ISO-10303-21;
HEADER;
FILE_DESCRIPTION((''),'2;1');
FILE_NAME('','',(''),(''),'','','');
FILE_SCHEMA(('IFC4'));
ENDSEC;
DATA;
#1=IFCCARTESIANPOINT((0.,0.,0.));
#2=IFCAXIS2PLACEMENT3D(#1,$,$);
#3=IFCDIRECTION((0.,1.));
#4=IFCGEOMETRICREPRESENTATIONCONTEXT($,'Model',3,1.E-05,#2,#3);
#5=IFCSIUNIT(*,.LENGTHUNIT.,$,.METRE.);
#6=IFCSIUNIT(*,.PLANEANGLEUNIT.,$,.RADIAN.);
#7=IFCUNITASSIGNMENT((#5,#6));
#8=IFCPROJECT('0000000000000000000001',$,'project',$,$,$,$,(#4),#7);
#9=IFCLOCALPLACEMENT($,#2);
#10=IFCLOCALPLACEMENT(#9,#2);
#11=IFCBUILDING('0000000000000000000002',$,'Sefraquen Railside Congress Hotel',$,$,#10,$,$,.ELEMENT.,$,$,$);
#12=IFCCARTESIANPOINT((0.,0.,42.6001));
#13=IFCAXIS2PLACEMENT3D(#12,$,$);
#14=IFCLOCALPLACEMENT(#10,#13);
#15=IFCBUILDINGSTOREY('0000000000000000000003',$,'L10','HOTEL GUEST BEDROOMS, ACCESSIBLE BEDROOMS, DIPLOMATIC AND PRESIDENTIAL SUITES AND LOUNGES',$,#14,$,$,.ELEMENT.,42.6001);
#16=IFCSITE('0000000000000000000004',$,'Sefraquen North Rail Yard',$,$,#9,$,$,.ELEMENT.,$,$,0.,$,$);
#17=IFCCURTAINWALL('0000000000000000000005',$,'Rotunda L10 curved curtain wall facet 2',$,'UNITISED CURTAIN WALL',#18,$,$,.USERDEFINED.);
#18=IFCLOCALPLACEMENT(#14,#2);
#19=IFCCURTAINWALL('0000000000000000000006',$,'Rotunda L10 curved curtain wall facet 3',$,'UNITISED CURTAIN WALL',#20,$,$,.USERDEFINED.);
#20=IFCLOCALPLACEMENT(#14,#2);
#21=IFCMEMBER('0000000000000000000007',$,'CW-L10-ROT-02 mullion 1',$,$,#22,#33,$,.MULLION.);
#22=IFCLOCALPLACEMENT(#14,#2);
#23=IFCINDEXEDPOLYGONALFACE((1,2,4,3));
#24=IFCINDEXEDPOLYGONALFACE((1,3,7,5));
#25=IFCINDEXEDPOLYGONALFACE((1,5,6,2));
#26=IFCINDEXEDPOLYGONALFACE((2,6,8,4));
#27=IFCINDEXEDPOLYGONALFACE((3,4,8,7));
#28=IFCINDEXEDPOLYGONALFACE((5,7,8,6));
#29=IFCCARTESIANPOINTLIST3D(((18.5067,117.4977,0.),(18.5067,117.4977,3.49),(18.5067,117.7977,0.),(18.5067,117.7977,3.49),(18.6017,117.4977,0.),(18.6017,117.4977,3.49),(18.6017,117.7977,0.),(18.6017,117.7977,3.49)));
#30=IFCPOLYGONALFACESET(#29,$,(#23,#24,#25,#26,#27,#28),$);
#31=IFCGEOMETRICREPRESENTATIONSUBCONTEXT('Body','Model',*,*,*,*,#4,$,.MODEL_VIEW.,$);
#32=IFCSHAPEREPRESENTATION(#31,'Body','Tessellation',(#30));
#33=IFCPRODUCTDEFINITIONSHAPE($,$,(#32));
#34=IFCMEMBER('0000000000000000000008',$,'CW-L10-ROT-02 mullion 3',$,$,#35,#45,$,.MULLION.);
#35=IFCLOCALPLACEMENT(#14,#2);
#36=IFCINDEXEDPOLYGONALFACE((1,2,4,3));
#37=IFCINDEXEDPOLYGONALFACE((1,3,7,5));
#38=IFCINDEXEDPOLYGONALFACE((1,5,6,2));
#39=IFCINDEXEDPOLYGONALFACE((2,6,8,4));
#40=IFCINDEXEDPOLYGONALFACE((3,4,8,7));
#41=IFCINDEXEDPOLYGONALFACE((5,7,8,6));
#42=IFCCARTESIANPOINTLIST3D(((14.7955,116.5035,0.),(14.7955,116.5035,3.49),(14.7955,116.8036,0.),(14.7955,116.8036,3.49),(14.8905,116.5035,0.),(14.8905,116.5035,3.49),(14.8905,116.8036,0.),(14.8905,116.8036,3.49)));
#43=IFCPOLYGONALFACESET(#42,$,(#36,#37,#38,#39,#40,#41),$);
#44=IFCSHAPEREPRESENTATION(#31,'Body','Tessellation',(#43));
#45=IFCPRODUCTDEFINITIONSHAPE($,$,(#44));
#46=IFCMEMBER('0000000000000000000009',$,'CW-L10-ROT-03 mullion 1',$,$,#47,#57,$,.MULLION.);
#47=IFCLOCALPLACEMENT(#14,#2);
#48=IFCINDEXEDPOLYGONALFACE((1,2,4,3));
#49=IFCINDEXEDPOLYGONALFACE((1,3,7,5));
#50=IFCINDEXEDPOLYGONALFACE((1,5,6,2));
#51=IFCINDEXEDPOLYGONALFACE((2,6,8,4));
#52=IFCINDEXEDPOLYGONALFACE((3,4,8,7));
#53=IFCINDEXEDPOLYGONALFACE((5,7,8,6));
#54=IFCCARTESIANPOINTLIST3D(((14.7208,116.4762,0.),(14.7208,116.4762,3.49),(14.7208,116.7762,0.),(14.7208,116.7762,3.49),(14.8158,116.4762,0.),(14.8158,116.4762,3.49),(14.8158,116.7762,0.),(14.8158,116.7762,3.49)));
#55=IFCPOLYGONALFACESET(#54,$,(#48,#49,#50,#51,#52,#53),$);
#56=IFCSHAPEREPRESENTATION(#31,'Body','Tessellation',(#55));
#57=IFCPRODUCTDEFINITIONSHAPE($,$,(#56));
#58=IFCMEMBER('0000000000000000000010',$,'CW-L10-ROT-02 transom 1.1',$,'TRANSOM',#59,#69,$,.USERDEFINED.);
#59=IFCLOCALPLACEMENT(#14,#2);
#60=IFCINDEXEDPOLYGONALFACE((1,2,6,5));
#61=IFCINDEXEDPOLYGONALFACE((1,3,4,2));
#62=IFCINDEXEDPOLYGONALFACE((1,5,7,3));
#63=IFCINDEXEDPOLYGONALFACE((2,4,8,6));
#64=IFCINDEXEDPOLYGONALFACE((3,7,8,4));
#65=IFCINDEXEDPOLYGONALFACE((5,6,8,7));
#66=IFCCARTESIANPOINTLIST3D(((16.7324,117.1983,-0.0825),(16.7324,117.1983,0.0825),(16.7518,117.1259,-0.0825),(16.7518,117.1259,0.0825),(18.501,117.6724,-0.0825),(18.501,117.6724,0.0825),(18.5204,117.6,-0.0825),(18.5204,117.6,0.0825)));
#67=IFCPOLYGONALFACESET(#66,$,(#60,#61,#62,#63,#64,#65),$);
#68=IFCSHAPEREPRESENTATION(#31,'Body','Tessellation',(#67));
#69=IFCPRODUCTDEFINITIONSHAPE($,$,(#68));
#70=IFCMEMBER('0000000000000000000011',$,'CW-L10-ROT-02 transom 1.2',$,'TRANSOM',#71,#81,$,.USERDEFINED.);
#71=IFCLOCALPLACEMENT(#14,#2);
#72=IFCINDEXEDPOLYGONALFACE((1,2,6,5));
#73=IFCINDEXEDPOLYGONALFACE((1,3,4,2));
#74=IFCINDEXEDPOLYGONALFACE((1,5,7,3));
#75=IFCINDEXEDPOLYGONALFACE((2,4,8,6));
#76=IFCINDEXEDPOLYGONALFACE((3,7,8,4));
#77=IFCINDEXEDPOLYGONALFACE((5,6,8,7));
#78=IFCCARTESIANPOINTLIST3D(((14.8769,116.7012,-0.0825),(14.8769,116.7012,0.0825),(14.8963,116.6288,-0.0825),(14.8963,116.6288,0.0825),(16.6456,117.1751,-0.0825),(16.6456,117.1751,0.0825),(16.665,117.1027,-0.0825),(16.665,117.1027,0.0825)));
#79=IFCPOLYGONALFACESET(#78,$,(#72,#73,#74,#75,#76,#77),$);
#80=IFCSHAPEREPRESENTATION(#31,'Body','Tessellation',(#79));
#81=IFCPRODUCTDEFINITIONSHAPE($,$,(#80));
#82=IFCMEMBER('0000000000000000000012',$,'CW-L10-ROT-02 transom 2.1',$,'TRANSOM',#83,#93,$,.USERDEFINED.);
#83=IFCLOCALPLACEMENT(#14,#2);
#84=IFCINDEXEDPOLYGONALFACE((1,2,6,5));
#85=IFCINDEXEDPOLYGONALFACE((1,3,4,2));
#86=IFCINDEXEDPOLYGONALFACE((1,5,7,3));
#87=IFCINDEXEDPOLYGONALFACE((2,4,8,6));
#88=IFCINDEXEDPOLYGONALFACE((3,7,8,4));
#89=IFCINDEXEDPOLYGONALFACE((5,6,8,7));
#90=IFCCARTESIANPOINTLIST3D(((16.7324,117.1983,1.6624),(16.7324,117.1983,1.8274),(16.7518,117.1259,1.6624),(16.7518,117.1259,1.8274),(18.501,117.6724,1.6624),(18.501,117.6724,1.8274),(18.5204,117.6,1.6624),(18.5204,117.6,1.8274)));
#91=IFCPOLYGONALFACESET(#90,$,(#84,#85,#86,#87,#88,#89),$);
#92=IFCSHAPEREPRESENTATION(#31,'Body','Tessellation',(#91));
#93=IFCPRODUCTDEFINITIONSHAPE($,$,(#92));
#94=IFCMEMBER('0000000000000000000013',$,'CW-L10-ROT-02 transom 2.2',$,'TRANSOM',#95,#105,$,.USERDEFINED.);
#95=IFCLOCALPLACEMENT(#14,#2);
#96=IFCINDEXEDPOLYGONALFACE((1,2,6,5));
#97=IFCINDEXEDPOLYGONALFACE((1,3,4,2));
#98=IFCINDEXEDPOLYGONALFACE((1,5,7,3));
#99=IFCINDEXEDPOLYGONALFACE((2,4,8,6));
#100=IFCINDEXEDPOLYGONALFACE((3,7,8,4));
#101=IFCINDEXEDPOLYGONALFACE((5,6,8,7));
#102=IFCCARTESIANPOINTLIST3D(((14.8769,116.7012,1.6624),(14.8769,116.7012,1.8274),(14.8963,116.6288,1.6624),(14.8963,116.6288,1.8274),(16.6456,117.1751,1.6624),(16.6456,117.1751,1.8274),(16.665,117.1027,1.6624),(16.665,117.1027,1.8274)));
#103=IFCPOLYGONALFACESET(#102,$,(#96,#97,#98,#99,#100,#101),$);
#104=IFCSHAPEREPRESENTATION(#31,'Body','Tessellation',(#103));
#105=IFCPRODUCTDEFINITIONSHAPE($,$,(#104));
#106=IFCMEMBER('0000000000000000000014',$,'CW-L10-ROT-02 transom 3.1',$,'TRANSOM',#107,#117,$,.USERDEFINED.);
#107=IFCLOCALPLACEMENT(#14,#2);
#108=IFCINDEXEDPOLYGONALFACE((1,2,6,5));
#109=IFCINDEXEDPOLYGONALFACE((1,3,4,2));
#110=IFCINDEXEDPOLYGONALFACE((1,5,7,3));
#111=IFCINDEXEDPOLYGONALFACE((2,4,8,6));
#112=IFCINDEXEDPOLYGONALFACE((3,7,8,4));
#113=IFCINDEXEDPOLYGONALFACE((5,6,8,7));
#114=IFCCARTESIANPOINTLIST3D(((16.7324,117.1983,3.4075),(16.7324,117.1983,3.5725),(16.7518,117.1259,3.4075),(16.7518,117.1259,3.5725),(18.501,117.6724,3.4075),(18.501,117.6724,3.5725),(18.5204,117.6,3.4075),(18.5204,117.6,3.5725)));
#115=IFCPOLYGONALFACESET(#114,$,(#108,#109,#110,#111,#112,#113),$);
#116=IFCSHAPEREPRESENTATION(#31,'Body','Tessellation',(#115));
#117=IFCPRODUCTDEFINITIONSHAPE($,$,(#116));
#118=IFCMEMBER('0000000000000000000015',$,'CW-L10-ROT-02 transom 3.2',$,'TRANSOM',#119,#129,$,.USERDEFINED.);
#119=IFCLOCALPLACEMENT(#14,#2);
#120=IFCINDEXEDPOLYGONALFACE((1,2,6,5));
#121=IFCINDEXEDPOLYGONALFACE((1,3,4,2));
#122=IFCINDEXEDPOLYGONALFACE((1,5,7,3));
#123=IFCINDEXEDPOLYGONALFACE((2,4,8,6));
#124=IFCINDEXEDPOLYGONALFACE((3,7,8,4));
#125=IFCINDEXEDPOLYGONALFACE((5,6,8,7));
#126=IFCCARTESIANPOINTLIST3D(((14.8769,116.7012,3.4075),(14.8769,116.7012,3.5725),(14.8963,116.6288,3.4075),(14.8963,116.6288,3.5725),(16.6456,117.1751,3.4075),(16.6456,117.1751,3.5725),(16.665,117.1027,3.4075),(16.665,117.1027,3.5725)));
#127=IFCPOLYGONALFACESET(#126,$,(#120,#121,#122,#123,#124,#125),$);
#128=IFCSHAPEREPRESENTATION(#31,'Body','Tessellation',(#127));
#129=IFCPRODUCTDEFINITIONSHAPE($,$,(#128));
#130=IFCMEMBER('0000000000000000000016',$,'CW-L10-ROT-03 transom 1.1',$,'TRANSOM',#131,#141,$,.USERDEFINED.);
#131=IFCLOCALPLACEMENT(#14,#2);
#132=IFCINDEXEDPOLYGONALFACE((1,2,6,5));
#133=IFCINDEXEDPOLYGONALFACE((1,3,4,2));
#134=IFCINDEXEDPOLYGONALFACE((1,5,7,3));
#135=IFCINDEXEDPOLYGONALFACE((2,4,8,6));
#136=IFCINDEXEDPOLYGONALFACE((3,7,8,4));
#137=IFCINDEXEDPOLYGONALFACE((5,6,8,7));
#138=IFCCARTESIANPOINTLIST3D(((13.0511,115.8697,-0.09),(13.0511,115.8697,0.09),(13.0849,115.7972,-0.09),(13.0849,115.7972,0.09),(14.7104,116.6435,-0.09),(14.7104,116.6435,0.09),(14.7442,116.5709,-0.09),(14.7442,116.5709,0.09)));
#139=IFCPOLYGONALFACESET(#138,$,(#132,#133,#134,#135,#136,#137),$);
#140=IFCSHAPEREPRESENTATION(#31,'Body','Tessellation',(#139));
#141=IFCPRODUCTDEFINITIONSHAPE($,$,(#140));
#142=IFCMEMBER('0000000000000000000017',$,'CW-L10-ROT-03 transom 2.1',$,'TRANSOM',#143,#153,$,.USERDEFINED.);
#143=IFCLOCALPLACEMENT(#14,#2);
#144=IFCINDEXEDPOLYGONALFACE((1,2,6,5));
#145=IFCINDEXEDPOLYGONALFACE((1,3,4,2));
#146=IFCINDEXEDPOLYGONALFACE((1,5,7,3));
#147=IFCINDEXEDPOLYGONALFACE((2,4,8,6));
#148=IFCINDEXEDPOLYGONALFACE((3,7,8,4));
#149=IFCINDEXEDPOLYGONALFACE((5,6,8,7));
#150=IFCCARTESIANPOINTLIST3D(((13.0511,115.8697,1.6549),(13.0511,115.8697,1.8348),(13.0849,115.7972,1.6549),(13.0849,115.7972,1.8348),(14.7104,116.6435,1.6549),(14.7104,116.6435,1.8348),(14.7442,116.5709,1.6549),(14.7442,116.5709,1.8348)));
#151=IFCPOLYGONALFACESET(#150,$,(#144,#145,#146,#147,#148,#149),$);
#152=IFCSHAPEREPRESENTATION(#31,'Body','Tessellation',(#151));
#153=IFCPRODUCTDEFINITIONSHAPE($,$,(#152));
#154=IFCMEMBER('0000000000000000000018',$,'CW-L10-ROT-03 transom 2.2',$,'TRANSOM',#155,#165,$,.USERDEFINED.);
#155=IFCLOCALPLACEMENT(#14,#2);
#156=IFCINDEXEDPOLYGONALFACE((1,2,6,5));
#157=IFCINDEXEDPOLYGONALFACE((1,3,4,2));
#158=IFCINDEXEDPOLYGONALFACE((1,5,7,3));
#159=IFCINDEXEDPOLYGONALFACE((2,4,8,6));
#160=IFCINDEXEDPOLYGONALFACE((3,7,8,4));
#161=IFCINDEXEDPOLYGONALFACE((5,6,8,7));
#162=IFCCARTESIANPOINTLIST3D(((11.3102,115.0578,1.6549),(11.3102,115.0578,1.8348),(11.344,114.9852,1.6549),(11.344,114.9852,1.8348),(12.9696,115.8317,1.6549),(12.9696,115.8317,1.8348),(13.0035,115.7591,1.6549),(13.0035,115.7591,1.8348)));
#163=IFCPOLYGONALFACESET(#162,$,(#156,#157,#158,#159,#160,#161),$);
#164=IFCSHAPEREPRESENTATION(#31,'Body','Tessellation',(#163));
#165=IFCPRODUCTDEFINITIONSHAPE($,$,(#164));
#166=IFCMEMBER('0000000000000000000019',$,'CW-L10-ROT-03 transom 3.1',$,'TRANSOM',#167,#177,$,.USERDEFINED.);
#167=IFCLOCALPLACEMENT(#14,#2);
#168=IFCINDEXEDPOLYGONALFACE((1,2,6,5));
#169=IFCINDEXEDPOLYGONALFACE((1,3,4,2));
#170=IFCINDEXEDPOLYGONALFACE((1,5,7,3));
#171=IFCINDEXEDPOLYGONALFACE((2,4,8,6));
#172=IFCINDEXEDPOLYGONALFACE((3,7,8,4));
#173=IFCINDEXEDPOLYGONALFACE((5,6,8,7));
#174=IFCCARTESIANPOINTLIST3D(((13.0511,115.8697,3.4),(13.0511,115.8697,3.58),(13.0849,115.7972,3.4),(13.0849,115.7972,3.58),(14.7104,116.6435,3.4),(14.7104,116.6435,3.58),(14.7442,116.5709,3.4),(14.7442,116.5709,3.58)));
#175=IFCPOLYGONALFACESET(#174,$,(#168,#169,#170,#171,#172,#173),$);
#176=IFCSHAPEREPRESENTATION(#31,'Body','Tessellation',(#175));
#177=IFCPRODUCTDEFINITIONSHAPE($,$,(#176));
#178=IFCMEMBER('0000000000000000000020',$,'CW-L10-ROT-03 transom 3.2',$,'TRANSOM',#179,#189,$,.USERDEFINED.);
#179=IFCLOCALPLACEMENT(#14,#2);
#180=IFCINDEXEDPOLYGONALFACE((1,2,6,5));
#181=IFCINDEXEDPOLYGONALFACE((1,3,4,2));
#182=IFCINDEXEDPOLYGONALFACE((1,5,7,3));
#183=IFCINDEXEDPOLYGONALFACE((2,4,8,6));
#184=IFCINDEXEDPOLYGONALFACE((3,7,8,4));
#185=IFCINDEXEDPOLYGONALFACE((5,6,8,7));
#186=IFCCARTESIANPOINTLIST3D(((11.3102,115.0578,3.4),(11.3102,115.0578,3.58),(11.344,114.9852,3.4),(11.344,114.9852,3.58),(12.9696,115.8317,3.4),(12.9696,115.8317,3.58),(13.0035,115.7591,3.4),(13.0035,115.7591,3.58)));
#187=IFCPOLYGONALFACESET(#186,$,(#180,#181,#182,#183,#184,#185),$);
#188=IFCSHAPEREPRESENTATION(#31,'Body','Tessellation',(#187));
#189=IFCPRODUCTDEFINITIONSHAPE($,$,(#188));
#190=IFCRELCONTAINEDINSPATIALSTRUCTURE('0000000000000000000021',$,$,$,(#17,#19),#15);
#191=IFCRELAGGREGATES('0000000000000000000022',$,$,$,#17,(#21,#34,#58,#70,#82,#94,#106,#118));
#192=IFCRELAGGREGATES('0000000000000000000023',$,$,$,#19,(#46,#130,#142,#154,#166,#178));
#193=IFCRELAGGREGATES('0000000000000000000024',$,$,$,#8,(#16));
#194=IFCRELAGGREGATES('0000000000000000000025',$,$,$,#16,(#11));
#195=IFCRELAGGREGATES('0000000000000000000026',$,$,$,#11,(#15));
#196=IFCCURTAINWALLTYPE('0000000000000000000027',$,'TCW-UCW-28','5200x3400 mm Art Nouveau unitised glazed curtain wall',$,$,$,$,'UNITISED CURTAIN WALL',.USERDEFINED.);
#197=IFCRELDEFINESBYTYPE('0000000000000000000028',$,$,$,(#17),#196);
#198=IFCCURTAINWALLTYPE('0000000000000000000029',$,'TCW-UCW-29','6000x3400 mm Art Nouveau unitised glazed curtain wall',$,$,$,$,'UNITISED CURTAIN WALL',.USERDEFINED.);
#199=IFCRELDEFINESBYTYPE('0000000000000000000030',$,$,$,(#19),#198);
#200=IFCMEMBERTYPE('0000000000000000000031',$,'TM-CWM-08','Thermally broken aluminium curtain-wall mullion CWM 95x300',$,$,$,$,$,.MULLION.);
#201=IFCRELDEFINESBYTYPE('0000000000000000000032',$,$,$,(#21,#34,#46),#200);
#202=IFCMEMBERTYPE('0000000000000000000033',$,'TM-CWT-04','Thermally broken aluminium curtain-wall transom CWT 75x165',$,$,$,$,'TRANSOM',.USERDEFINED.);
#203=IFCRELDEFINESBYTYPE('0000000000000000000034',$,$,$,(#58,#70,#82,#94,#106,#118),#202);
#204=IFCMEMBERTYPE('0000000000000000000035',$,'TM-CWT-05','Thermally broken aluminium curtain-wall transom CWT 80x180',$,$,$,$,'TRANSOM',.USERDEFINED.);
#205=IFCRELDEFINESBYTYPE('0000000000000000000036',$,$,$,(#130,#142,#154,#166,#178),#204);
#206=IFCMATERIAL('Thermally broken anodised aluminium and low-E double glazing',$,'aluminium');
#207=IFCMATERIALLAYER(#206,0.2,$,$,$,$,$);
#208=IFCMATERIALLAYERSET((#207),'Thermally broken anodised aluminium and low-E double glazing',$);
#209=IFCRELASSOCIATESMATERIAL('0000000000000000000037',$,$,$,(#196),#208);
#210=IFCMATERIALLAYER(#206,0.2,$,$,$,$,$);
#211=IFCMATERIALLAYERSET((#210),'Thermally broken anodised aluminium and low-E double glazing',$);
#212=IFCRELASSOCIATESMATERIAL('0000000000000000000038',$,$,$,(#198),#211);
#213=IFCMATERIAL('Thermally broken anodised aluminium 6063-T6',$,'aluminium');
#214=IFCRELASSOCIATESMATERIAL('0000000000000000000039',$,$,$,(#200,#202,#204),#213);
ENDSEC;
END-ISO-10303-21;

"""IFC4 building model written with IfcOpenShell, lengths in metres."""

from ifc_helpers import new_model, si_unit, direction, frame, origin, origin_2d, place, context, subcontext, project, spatial, rectangle, extrude, material, layer, layer_set, material_profile, profile_set, type_object, element, aggregate, save


model = new_model("IFC4")

# Units and contexts
model_context = context("Model", 3, precision=1e-05, world=origin(), true_north=direction((0.0, 1.0)))
body_context = subcontext(model_context, "Body", "Model", "MODEL_VIEW")
ifc_project = project(units=[si_unit("LENGTHUNIT", "METRE"), si_unit("PLANEANGLEUNIT", "RADIAN")], contexts=[model_context])

# Site, building, storey
site_placement = place(None, origin())
site = spatial("IfcSite", under=ifc_project, at=site_placement, Name="Sefraquen North Rail Yard", CompositionType="ELEMENT", RefElevation=0.0)
building_placement = place(site_placement, origin())
building = spatial("IfcBuilding", under=site, at=building_placement, Name="Sefraquen Railside Congress Hotel", CompositionType="ELEMENT")
storey_placement = place(building_placement, frame((0.0, 0.0, 42.6001)))
storey = spatial("IfcBuildingStorey", under=building, at=storey_placement, Name="L10", Description="HOTEL GUEST BEDROOMS, ACCESSIBLE BEDROOMS, DIPLOMATIC AND PRESIDENTIAL SUITES AND LOUNGES", CompositionType="ELEMENT", Elevation=42.6001)

# Curtain walls
ifc_material_1 = material(Name="Thermally broken anodised aluminium and low-E double glazing", Category="aluminium")
ifc_layer_1 = layer(ifc_material_1, 0.2)
ifc_layer_set_1 = layer_set([ifc_layer_1], Name="Thermally broken anodised aluminium and low-E double glazing")
curtain_wall_type_1 = type_object("IfcCurtainWallType", Name="TCW-UCW-28", Description="5200x3400 mm Art Nouveau unitised glazed curtain wall", ElementType="UNITISED CURTAIN WALL", PredefinedType="USERDEFINED", material=ifc_layer_set_1)
curtain_wall_1_placement = place(storey_placement, origin())
curtain_wall_1 = element("IfcCurtainWall", 1, at=curtain_wall_1_placement, inside=storey, type_object=curtain_wall_type_1, Name="Rotunda L10 curved curtain wall facet 2", ObjectType="UNITISED CURTAIN WALL", PredefinedType="USERDEFINED")
ifc_material_2 = material(Name="Thermally broken anodised aluminium 6063-T6", Category="aluminium")
ifc_layer_2 = layer(ifc_material_1, 0.2)
ifc_layer_set_2 = layer_set([ifc_layer_2], Name="Thermally broken anodised aluminium and low-E double glazing")
curtain_wall_type_2 = type_object("IfcCurtainWallType", Name="TCW-UCW-29", Description="6000x3400 mm Art Nouveau unitised glazed curtain wall", ElementType="UNITISED CURTAIN WALL", PredefinedType="USERDEFINED", material=ifc_layer_set_2)
curtain_wall_2_placement = place(storey_placement, origin())
curtain_wall_2 = element("IfcCurtainWall", 2, at=curtain_wall_2_placement, inside=storey, type_object=curtain_wall_type_2, Name="Rotunda L10 curved curtain wall facet 3", ObjectType="UNITISED CURTAIN WALL", PredefinedType="USERDEFINED")
ifc_material_profile_1 = material_profile(ifc_material_2, rectangle(XDim=0.095, YDim=0.3, at=origin_2d()), Name="CWM 95x300")
ifc_profile_set_1 = profile_set([ifc_material_profile_1], Name="Thermally broken anodised aluminium 6063-T6")
member_type_1 = type_object("IfcMemberType", Name="TM-CWM-08", Description="Thermally broken aluminium curtain-wall mullion CWM 95x300", PredefinedType="MULLION", material=ifc_profile_set_1)

# Members
member_1_placement = place(storey_placement, frame((18.5542, 117.6477, 0.0), z_axis=(0.0, 0.0, 1.0), x_axis=(1.0, 0.0, 0.0)))
member_1 = element("IfcMember", 3, at=member_1_placement, type_object=member_type_1, Name="CW-L10-ROT-02 mullion 1", PredefinedType="MULLION", context=body_context, shape_type="SweptSolid", body=[
    extrude(rectangle(XDim=0.095, YDim=0.3, at=origin_2d()), origin(), (0.0, 0.0, 1.0), 3.49),
])
member_2_placement = place(storey_placement, frame((14.843, 116.6536, 0.0), z_axis=(0.0, 0.0, 1.0), x_axis=(1.0, 0.0, 0.0)))
member_2 = element("IfcMember", 4, at=member_2_placement, type_object=member_type_1, Name="CW-L10-ROT-02 mullion 3", PredefinedType="MULLION", context=body_context, shape_type="SweptSolid", body=[
    extrude(rectangle(XDim=0.095, YDim=0.3, at=origin_2d()), origin(), (0.0, 0.0, 1.0), 3.49),
])
member_3_placement = place(storey_placement, frame((14.7683, 116.6262, 0.0), z_axis=(0.0, 0.0, 1.0), x_axis=(1.0, 0.0, 0.0)))
member_3 = element("IfcMember", 5, at=member_3_placement, type_object=member_type_1, Name="CW-L10-ROT-03 mullion 1", PredefinedType="MULLION", context=body_context, shape_type="SweptSolid", body=[
    extrude(rectangle(XDim=0.095, YDim=0.3, at=origin_2d()), origin(), (0.0, 0.0, 1.0), 3.49),
])
ifc_material_profile_2 = material_profile(ifc_material_2, rectangle(XDim=0.075, YDim=0.165, at=origin_2d()), Name="CWT 75x165")
ifc_profile_set_2 = profile_set([ifc_material_profile_2], Name="Thermally broken anodised aluminium 6063-T6")
member_type_2 = type_object("IfcMemberType", Name="TM-CWT-04", Description="Thermally broken aluminium curtain-wall transom CWT 75x165", ElementType="TRANSOM", PredefinedType="USERDEFINED", material=ifc_profile_set_2)
member_4_placement = place(storey_placement, frame((18.5107, 117.6362, 0.0), z_axis=(-0.965893, -0.25894, 0.0), x_axis=(0.25894, -0.965893, 0.0)))
member_4 = element("IfcMember", 6, at=member_4_placement, type_object=member_type_2, Name="CW-L10-ROT-02 transom 1.1", ObjectType="TRANSOM", PredefinedType="USERDEFINED", context=body_context, shape_type="SweptSolid", body=[
    extrude(rectangle(XDim=0.075, YDim=0.165, at=origin_2d()), origin(), (0.0, 0.0, 1.0), 1.8311),
])
member_5_placement = place(storey_placement, frame((16.6553, 117.1389, 0.0), z_axis=(-0.965927, -0.258816, 0.0), x_axis=(0.258816, -0.965927, 0.0)))
member_5 = element("IfcMember", 7, at=member_5_placement, type_object=member_type_2, Name="CW-L10-ROT-02 transom 1.2", ObjectType="TRANSOM", PredefinedType="USERDEFINED", context=body_context, shape_type="SweptSolid", body=[
    extrude(rectangle(XDim=0.075, YDim=0.165, at=origin_2d()), origin(), (0.0, 0.0, 1.0), 1.8311),
])
member_6_placement = place(storey_placement, frame((18.5107, 117.6362, 1.7449), z_axis=(-0.965893, -0.25894, 0.0), x_axis=(0.25894, -0.965893, 0.0)))
member_6 = element("IfcMember", 8, at=member_6_placement, type_object=member_type_2, Name="CW-L10-ROT-02 transom 2.1", ObjectType="TRANSOM", PredefinedType="USERDEFINED", context=body_context, shape_type="SweptSolid", body=[
    extrude(rectangle(XDim=0.075, YDim=0.165, at=origin_2d()), origin(), (0.0, 0.0, 1.0), 1.8311),
])
member_7_placement = place(storey_placement, frame((16.6553, 117.1389, 1.7449), z_axis=(-0.965927, -0.258816, 0.0), x_axis=(0.258816, -0.965927, 0.0)))
member_7 = element("IfcMember", 9, at=member_7_placement, type_object=member_type_2, Name="CW-L10-ROT-02 transom 2.2", ObjectType="TRANSOM", PredefinedType="USERDEFINED", context=body_context, shape_type="SweptSolid", body=[
    extrude(rectangle(XDim=0.075, YDim=0.165, at=origin_2d()), origin(), (0.0, 0.0, 1.0), 1.8311),
])
member_8_placement = place(storey_placement, frame((18.5107, 117.6362, 3.49), z_axis=(-0.965893, -0.25894, 0.0), x_axis=(0.25894, -0.965893, 0.0)))
member_8 = element("IfcMember", 10, at=member_8_placement, type_object=member_type_2, Name="CW-L10-ROT-02 transom 3.1", ObjectType="TRANSOM", PredefinedType="USERDEFINED", context=body_context, shape_type="SweptSolid", body=[
    extrude(rectangle(XDim=0.075, YDim=0.165, at=origin_2d()), origin(), (0.0, 0.0, 1.0), 1.8311),
])
member_9_placement = place(storey_placement, frame((16.6553, 117.1389, 3.49), z_axis=(-0.965927, -0.258816, 0.0), x_axis=(0.258816, -0.965927, 0.0)))
member_9 = element("IfcMember", 11, at=member_9_placement, type_object=member_type_2, Name="CW-L10-ROT-02 transom 3.2", ObjectType="TRANSOM", PredefinedType="USERDEFINED", context=body_context, shape_type="SweptSolid", body=[
    extrude(rectangle(XDim=0.075, YDim=0.165, at=origin_2d()), origin(), (0.0, 0.0, 1.0), 1.8311),
])
ifc_material_profile_3 = material_profile(ifc_material_2, rectangle(XDim=0.0801, YDim=0.1799, at=origin_2d()), Name="CWT 80x180")
ifc_profile_set_3 = profile_set([ifc_material_profile_3], Name="Thermally broken anodised aluminium 6063-T6")
member_type_3 = type_object("IfcMemberType", Name="TM-CWT-05", Description="Thermally broken aluminium curtain-wall transom CWT 80x180", ElementType="TRANSOM", PredefinedType="USERDEFINED", material=ifc_profile_set_3)
member_10_placement = place(storey_placement, frame((14.7273, 116.6072, 0.0), z_axis=(-0.906309, -0.422615, 0.0), x_axis=(0.422615, -0.906309, 0.0)))
member_10 = element("IfcMember", 12, at=member_10_placement, type_object=member_type_3, Name="CW-L10-ROT-03 transom 1.1", ObjectType="TRANSOM", PredefinedType="USERDEFINED", context=body_context, shape_type="SweptSolid", body=[
    extrude(rectangle(XDim=0.0801, YDim=0.1799, at=origin_2d()), origin(), (0.0, 0.0, 1.0), 1.8308),
])
member_11_placement = place(storey_placement, frame((14.7273, 116.6072, 1.7449), z_axis=(-0.906309, -0.422615, 0.0), x_axis=(0.422615, -0.906309, 0.0)))
member_11 = element("IfcMember", 13, at=member_11_placement, type_object=member_type_3, Name="CW-L10-ROT-03 transom 2.1", ObjectType="TRANSOM", PredefinedType="USERDEFINED", context=body_context, shape_type="SweptSolid", body=[
    extrude(rectangle(XDim=0.0801, YDim=0.1799, at=origin_2d()), origin(), (0.0, 0.0, 1.0), 1.8308),
])
member_12_placement = place(storey_placement, frame((12.9866, 115.7954, 1.7449), z_axis=(-0.906282, -0.422674, 0.0), x_axis=(0.422674, -0.906282, 0.0)))
member_12 = element("IfcMember", 14, at=member_12_placement, type_object=member_type_3, Name="CW-L10-ROT-03 transom 2.2", ObjectType="TRANSOM", PredefinedType="USERDEFINED", context=body_context, shape_type="SweptSolid", body=[
    extrude(rectangle(XDim=0.0801, YDim=0.1799, at=origin_2d()), origin(), (0.0, 0.0, 1.0), 1.8311),
])
member_13_placement = place(storey_placement, frame((14.7273, 116.6072, 3.49), z_axis=(-0.906309, -0.422615, 0.0), x_axis=(0.422615, -0.906309, 0.0)))
member_13 = element("IfcMember", 15, at=member_13_placement, type_object=member_type_3, Name="CW-L10-ROT-03 transom 3.1", ObjectType="TRANSOM", PredefinedType="USERDEFINED", context=body_context, shape_type="SweptSolid", body=[
    extrude(rectangle(XDim=0.0801, YDim=0.1799, at=origin_2d()), origin(), (0.0, 0.0, 1.0), 1.8308),
])
member_14_placement = place(storey_placement, frame((12.9866, 115.7954, 3.49), z_axis=(-0.906282, -0.422674, 0.0), x_axis=(0.422674, -0.906282, 0.0)))
member_14 = element("IfcMember", 16, at=member_14_placement, type_object=member_type_3, Name="CW-L10-ROT-03 transom 3.2", ObjectType="TRANSOM", PredefinedType="USERDEFINED", context=body_context, shape_type="SweptSolid", body=[
    extrude(rectangle(XDim=0.0801, YDim=0.1799, at=origin_2d()), origin(), (0.0, 0.0, 1.0), 1.8311),
])

aggregate(curtain_wall_1, [member_1, member_2, member_4, member_5, member_6, member_7, member_8, member_9])
aggregate(curtain_wall_2, [member_3, member_10, member_11, member_12, member_13, member_14])

save(model, "model.ifc")
